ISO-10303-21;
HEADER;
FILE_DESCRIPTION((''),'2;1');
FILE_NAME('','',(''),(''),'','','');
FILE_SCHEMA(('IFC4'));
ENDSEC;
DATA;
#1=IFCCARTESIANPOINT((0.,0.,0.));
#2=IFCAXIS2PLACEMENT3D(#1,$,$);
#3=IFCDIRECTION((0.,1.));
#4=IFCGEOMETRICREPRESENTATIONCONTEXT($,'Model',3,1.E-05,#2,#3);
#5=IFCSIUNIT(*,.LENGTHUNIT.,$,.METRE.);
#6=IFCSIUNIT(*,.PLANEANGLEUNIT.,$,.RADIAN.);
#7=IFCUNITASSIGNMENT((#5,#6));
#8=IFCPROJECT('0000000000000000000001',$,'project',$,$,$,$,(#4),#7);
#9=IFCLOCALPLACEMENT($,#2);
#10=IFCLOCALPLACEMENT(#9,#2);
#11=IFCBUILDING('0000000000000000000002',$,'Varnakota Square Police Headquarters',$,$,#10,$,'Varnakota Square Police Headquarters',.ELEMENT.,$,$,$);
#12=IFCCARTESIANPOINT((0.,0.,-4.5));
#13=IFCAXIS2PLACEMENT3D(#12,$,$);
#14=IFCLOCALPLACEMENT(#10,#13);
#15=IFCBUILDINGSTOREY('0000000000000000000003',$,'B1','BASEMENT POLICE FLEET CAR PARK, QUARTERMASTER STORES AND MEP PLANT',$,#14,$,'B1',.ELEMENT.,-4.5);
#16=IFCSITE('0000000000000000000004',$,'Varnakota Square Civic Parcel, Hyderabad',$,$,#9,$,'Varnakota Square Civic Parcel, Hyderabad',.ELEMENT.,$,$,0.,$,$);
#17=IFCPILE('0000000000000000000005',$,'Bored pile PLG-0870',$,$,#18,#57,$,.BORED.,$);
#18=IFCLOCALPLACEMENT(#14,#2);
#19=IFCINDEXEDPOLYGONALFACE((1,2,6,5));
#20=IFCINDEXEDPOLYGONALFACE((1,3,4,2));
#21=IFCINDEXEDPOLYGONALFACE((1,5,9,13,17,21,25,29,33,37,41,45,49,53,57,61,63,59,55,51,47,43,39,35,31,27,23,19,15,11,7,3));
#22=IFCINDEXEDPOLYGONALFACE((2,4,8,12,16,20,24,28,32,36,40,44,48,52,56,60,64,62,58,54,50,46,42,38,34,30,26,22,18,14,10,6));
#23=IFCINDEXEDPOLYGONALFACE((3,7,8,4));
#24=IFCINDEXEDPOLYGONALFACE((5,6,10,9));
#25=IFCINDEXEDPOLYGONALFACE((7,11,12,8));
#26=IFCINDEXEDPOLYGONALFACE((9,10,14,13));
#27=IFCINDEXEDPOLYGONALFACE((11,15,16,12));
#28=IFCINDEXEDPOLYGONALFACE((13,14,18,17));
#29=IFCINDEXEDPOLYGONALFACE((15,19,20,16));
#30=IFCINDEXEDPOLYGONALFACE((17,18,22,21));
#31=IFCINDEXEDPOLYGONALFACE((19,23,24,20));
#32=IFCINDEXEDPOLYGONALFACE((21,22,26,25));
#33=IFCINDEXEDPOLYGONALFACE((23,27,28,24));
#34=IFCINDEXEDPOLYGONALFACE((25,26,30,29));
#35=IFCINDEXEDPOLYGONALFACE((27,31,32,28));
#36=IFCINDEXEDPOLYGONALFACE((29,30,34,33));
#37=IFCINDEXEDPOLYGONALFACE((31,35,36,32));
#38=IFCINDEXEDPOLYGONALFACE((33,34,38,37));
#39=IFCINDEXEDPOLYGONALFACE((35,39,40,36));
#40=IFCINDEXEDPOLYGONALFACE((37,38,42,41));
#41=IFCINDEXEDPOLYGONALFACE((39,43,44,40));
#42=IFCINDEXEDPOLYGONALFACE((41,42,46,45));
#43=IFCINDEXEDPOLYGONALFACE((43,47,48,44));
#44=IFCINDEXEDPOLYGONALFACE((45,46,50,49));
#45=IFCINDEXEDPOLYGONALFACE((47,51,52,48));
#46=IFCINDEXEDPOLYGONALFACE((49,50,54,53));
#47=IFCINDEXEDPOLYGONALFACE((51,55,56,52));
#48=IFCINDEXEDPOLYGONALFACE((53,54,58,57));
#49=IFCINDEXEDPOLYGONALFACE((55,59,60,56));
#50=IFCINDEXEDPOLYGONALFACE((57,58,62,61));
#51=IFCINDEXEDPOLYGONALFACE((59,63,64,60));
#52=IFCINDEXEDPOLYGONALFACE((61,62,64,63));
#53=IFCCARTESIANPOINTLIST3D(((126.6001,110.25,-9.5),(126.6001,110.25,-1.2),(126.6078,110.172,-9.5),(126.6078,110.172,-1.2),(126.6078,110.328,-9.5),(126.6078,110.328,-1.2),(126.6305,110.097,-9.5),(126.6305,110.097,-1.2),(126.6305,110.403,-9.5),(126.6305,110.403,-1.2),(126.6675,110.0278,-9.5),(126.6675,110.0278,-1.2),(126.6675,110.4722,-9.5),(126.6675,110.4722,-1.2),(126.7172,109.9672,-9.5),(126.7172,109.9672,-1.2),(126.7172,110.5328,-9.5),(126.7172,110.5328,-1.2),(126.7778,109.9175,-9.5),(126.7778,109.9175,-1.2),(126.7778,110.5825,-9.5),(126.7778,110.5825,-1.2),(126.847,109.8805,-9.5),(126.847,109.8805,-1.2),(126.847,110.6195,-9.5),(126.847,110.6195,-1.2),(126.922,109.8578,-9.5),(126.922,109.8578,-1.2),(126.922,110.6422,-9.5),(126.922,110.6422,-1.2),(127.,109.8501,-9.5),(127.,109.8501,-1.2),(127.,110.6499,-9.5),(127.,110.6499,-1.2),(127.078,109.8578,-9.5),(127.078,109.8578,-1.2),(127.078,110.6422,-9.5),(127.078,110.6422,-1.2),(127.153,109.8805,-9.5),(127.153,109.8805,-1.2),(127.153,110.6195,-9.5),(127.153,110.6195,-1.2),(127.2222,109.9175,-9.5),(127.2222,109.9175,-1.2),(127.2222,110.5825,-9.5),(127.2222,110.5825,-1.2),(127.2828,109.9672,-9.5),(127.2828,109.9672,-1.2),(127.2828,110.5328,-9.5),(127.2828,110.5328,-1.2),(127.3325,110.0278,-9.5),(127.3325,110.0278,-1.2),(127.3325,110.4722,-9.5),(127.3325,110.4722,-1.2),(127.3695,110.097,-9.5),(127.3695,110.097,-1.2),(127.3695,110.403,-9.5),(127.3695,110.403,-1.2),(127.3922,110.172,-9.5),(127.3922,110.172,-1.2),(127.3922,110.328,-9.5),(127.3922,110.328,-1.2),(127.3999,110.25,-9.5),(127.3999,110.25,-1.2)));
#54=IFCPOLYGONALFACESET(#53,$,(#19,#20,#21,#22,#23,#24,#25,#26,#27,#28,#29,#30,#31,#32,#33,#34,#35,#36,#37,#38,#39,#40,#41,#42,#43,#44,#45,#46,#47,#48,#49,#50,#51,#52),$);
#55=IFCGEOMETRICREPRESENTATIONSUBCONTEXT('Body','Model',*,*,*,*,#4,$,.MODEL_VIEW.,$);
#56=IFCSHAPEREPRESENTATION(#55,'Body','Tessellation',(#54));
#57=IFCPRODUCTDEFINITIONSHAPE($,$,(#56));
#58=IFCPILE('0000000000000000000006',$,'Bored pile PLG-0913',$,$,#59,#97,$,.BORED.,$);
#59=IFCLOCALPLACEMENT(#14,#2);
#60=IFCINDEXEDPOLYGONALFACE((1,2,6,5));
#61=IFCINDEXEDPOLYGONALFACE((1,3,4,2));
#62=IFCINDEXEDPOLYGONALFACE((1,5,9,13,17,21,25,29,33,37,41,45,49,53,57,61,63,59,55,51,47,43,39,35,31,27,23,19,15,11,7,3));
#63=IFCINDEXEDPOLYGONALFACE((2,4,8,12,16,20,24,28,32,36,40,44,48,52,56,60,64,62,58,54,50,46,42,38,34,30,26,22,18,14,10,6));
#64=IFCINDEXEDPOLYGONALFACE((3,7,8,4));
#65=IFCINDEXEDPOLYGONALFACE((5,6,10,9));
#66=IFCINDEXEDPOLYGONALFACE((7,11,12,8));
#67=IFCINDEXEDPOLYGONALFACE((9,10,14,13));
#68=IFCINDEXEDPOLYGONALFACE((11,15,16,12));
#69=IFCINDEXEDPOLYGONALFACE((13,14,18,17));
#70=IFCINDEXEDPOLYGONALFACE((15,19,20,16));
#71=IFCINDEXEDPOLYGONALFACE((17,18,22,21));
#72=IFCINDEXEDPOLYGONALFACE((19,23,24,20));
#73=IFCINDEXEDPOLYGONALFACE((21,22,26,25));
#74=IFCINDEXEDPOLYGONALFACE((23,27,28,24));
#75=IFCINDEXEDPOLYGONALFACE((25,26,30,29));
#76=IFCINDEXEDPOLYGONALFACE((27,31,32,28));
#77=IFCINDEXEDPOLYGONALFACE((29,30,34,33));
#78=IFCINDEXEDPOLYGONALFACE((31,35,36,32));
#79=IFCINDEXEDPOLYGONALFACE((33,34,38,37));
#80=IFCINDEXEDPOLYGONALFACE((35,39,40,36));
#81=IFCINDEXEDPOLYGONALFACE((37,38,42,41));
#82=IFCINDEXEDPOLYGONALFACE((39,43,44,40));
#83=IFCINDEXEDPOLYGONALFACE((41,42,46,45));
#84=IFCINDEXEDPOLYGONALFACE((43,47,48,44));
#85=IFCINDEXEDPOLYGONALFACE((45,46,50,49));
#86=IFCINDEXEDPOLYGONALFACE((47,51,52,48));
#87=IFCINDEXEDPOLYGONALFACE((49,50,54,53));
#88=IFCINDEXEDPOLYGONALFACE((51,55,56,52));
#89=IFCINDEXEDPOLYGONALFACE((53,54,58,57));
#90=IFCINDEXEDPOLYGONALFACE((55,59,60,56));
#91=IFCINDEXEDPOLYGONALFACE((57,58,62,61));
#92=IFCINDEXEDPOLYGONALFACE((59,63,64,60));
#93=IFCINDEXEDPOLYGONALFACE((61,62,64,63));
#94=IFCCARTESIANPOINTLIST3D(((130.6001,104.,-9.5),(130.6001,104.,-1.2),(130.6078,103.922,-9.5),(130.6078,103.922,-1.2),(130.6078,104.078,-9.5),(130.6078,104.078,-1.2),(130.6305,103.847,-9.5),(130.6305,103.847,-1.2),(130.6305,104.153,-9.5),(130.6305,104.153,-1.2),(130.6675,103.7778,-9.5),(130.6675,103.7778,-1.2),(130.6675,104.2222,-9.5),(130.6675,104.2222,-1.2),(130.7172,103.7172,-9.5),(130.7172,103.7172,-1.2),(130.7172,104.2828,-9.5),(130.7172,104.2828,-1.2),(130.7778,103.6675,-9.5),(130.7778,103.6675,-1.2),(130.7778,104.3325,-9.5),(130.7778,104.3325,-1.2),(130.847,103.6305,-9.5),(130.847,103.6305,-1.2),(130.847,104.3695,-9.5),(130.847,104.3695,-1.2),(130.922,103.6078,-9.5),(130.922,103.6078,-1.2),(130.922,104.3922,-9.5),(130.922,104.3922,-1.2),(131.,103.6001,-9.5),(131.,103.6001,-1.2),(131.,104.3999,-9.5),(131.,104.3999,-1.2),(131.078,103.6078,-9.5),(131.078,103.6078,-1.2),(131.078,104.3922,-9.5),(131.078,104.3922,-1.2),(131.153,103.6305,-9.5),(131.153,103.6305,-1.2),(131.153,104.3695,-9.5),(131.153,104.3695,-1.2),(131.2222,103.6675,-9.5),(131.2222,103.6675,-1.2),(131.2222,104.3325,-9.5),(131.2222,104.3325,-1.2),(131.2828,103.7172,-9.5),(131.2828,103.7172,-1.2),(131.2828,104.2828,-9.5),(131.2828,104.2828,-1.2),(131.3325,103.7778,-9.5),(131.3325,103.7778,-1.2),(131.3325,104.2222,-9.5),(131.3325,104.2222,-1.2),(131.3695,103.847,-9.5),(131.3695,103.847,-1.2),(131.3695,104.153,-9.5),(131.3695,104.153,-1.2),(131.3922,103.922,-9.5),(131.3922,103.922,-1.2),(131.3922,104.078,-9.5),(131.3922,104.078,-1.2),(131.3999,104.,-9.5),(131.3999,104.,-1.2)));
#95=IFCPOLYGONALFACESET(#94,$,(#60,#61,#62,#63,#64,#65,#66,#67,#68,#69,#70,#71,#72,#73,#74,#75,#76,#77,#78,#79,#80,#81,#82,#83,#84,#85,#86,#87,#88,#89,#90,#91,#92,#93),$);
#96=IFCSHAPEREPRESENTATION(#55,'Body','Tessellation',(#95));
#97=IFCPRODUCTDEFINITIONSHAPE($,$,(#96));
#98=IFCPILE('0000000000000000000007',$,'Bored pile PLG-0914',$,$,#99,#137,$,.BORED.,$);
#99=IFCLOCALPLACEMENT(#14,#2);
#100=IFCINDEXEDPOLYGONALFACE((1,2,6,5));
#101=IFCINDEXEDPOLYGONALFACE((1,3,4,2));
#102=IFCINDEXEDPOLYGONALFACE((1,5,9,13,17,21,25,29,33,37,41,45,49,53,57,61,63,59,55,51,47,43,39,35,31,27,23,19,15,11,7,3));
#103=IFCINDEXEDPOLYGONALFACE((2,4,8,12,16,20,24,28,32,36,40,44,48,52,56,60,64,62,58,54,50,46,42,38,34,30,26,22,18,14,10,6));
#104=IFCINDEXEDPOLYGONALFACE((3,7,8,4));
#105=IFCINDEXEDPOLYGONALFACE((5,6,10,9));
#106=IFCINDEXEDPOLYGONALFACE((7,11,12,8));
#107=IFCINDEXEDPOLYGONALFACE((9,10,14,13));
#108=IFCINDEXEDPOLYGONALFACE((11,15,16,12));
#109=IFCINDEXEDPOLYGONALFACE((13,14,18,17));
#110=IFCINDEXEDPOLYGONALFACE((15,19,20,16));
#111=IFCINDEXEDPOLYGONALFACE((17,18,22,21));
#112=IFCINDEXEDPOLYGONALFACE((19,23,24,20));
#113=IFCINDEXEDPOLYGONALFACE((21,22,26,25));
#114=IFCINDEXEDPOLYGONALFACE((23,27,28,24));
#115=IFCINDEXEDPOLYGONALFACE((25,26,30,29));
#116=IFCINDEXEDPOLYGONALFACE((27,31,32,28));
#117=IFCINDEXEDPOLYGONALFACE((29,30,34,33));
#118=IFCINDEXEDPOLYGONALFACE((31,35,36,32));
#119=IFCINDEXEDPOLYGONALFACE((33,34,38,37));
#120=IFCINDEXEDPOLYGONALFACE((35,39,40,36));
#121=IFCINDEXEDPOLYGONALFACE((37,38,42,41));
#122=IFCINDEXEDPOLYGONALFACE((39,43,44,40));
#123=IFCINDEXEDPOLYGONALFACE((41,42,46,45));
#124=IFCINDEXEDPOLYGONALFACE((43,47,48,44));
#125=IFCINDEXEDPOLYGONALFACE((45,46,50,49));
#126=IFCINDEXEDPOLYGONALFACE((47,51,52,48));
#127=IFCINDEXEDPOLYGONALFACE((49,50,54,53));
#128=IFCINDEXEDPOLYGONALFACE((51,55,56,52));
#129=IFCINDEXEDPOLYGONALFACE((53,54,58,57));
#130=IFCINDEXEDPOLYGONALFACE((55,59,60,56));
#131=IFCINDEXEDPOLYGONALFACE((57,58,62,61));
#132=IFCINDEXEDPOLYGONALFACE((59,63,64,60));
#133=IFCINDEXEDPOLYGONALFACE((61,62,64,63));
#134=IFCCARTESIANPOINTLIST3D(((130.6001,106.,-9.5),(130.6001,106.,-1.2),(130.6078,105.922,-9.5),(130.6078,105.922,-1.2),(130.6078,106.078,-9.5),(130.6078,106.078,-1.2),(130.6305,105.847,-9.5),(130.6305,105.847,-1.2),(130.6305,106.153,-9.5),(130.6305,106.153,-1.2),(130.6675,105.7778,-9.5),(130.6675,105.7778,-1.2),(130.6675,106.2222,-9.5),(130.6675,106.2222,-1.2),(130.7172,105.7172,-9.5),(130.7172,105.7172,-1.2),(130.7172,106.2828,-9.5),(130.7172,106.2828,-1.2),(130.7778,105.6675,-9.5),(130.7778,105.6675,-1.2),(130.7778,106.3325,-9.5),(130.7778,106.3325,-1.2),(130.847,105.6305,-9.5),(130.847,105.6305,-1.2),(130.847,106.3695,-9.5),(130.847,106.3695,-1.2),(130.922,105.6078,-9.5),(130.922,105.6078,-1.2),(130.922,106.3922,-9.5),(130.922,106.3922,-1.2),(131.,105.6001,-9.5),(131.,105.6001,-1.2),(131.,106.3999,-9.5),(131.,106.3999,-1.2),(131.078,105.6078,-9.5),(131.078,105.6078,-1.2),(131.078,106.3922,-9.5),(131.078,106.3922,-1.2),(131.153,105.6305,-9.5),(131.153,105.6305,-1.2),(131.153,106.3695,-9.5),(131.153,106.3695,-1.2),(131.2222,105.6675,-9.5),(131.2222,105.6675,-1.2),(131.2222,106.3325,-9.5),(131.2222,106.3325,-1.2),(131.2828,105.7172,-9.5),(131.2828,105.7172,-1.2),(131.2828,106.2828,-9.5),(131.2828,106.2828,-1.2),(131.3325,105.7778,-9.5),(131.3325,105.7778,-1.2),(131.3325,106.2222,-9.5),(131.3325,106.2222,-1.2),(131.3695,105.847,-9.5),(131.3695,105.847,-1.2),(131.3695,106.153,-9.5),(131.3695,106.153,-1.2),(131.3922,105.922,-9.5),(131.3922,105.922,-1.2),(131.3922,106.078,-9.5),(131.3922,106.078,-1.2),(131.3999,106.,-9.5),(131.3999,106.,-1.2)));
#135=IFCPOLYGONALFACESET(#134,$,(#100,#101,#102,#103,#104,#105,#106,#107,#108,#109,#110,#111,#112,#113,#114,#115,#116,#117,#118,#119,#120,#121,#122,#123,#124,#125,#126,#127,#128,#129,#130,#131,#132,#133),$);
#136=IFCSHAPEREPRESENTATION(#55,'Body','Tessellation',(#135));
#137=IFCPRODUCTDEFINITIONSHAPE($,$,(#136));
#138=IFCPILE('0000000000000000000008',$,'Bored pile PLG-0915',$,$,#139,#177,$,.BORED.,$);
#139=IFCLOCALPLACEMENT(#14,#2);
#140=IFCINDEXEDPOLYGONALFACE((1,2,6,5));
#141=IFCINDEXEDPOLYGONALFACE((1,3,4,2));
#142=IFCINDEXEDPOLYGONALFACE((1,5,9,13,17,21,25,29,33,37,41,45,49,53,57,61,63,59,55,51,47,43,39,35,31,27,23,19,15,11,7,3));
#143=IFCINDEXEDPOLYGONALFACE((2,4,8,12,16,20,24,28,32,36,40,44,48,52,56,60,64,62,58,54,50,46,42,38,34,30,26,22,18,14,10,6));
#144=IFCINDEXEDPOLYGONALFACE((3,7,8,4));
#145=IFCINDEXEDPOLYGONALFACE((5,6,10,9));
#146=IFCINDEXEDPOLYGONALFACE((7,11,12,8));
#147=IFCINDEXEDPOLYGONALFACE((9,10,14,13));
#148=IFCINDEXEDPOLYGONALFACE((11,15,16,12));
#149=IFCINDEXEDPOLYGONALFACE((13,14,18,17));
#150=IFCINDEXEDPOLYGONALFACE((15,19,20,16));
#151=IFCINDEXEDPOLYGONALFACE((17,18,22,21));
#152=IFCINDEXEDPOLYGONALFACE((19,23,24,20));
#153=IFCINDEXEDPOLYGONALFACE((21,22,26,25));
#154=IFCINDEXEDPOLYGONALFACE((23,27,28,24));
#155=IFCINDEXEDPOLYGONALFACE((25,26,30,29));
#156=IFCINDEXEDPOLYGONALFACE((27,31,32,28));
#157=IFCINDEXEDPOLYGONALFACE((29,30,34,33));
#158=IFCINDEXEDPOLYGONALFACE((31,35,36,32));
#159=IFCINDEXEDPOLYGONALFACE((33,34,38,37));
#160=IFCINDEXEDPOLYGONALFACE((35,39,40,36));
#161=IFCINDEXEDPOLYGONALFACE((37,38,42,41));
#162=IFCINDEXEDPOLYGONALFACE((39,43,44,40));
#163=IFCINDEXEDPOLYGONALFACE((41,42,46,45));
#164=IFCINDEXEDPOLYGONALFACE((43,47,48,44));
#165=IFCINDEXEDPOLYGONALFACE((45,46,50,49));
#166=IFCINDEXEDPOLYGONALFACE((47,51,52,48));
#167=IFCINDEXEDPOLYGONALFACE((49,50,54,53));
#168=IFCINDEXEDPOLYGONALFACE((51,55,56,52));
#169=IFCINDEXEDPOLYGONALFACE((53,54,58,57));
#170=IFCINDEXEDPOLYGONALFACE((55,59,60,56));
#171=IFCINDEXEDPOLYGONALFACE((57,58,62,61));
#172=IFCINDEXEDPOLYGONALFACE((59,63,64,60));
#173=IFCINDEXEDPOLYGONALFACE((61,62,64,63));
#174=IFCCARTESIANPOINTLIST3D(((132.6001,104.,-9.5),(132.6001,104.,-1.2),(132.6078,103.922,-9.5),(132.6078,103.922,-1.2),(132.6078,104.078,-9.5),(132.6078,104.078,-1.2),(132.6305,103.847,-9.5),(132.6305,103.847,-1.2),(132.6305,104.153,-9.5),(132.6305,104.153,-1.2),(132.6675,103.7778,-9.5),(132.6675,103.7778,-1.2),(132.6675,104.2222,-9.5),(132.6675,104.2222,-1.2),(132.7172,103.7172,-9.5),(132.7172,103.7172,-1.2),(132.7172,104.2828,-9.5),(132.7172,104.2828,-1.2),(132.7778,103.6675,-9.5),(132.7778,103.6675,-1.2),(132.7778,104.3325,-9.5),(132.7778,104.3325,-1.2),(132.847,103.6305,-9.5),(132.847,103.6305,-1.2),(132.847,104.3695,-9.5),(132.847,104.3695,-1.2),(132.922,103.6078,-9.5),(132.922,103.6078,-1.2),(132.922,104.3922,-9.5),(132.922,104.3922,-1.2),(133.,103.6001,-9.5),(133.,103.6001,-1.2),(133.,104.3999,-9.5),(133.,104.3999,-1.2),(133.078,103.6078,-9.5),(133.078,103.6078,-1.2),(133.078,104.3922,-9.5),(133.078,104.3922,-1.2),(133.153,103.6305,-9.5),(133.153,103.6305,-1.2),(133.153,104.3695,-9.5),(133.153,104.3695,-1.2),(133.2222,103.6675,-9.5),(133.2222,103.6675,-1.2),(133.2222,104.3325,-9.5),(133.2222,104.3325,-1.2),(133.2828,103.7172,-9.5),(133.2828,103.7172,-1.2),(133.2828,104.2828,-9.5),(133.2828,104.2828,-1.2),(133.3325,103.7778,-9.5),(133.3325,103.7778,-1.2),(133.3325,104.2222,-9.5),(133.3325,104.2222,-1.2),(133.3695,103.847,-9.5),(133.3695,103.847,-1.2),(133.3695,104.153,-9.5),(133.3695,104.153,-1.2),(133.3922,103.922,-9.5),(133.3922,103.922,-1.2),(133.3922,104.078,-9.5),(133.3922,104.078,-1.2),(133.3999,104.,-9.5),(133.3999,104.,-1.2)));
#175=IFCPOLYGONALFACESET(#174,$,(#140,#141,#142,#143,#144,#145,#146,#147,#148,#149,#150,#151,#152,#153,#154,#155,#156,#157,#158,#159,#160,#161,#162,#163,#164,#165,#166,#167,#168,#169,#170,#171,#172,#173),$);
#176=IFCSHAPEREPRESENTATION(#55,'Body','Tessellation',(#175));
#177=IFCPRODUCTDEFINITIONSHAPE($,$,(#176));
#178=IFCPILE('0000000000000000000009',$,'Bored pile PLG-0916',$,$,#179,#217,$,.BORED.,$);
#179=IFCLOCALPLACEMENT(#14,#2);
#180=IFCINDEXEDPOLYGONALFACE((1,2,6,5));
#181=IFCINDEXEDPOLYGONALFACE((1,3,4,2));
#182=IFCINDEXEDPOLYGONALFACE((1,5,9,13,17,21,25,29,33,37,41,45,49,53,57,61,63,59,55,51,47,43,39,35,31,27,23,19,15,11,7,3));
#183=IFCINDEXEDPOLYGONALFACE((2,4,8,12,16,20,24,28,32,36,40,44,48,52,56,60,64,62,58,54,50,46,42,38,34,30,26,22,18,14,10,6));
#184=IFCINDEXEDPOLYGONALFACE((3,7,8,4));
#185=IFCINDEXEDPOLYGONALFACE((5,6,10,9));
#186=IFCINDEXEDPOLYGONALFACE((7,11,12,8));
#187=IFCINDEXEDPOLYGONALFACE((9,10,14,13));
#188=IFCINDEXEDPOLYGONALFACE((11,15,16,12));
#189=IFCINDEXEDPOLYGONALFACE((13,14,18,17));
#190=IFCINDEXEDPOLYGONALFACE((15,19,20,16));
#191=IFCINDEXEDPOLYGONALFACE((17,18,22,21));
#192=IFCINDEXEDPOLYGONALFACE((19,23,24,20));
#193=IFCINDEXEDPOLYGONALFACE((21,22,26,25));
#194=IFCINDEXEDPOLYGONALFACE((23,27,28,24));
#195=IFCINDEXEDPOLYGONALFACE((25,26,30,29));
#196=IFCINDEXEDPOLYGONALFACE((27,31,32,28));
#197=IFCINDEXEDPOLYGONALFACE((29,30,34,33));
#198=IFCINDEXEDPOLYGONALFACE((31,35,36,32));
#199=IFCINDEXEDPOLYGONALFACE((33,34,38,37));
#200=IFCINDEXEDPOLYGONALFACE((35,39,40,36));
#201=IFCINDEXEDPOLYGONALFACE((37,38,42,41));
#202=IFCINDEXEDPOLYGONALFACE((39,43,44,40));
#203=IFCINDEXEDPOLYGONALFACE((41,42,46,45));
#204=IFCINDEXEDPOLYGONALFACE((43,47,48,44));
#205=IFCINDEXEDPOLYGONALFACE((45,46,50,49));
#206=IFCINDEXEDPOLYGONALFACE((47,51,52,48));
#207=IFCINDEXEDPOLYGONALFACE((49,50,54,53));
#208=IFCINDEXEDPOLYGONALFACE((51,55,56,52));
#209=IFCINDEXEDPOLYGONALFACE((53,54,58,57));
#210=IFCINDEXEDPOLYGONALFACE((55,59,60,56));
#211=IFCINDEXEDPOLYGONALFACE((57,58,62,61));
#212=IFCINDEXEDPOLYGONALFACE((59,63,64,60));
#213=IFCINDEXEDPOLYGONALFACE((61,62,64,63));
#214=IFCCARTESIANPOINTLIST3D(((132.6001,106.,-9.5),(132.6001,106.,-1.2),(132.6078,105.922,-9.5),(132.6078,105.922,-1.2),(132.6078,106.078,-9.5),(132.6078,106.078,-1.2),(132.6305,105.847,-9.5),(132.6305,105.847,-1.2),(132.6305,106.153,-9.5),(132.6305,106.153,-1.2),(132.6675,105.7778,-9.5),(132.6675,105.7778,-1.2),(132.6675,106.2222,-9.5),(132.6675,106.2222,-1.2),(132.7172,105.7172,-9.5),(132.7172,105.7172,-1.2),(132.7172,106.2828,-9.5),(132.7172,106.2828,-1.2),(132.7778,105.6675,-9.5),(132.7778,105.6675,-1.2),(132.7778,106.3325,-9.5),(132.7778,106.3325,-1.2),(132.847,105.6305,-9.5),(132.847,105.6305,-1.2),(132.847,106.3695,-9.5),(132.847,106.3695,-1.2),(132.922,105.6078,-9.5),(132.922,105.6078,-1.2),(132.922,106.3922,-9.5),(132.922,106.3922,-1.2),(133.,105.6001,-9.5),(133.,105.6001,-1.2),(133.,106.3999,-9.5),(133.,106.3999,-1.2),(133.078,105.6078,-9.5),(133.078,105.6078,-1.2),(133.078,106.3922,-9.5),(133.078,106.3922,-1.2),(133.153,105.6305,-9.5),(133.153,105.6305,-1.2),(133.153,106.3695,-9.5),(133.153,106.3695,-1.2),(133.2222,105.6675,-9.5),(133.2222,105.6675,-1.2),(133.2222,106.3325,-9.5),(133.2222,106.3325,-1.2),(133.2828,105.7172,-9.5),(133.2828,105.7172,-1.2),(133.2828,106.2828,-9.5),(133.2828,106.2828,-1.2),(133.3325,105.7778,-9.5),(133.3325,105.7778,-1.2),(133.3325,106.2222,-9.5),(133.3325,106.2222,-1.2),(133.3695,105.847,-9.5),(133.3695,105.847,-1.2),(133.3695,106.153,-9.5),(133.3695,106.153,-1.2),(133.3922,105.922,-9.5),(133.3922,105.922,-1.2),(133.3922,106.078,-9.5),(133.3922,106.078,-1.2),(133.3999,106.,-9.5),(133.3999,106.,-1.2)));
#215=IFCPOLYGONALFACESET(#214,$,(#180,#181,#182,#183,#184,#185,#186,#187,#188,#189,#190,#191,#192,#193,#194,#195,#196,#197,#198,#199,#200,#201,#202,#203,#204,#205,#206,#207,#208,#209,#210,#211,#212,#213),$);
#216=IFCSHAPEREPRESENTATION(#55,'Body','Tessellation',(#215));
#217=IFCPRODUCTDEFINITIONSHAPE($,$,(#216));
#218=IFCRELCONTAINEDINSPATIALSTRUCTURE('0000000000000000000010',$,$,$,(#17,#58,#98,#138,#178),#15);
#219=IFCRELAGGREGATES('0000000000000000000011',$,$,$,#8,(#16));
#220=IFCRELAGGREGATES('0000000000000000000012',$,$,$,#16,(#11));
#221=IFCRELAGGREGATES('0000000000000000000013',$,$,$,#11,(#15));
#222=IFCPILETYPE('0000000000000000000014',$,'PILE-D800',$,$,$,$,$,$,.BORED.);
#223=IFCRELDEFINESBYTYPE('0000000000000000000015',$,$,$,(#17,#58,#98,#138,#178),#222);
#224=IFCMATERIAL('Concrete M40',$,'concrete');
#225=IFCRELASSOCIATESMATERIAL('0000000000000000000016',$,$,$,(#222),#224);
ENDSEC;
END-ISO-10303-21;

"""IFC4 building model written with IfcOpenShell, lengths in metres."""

from ifc_helpers import new_model, si_unit, direction, frame, origin, origin_2d, place, context, subcontext, project, spatial, circle, extrude, material, material_profile, profile_set, type_object, element, save


model = new_model("IFC4")

# Units and contexts
model_context = context("Model", 3, precision=1e-05, world=origin(), true_north=direction((0.0, 1.0)))
body_context = subcontext(model_context, "Body", "Model", "MODEL_VIEW")
ifc_project = project(units=[si_unit("LENGTHUNIT", "METRE"), si_unit("PLANEANGLEUNIT", "RADIAN")], contexts=[model_context])

# Site, building, storey
site_placement = place(None, origin())
site = spatial("IfcSite", under=ifc_project, at=site_placement, Name="Varnakota Square Civic Parcel, Hyderabad", LongName="Varnakota Square Civic Parcel, Hyderabad", CompositionType="ELEMENT", RefElevation=0.0)
building_placement = place(site_placement, origin())
building = spatial("IfcBuilding", under=site, at=building_placement, Name="Varnakota Square Police Headquarters", LongName="Varnakota Square Police Headquarters", CompositionType="ELEMENT")
storey_placement = place(building_placement, frame((0.0, 0.0, -4.5)))
storey = spatial("IfcBuildingStorey", under=building, at=storey_placement, Name="B1", Description="BASEMENT POLICE FLEET CAR PARK, QUARTERMASTER STORES AND MEP PLANT", LongName="B1", CompositionType="ELEMENT", Elevation=-4.5)

# Shared definitions
ifc_material_1 = material(Name="Concrete M40", Category="concrete")

# Piles
ifc_material_profile_1 = material_profile(ifc_material_1, circle(Radius=0.3999, at=origin_2d()), Name="BORED PILE 800")
ifc_profile_set_1 = profile_set([ifc_material_profile_1], Name="Concrete M40")
pile_type = type_object("IfcPileType", Name="PILE-D800", PredefinedType="BORED", material=ifc_profile_set_1)
for number, where, z_axis, x_axis, name in (
    (1, (127.0, 110.25, -1.2), (0.0, 0.0, -1.0), (1.0, 0.0, 0.0), "Bored pile PLG-0870"),
    (2, (131.0, 104.0, -1.2), (0.0, 0.0, -1.0), (1.0, 0.0, 0.0), "Bored pile PLG-0913"),
    (3, (131.0, 106.0, -1.2), (0.0, 0.0, -1.0), (1.0, 0.0, 0.0), "Bored pile PLG-0914"),
    (4, (133.0, 104.0, -1.2), (0.0, 0.0, -1.0), (1.0, 0.0, 0.0), "Bored pile PLG-0915"),
    (5, (133.0, 106.0, -1.2), (0.0, 0.0, -1.0), (1.0, 0.0, 0.0), "Bored pile PLG-0916"),
):
    element("IfcPile", number, at=place(storey_placement, frame(where, z_axis=z_axis, x_axis=x_axis)), inside=storey, type_object=pile_type, Name=name, PredefinedType="BORED", context=body_context, shape_type="SweptSolid", body=[
        extrude(circle(Radius=0.3999, at=origin_2d()), origin(), (0.0, 0.0, 1.0), 8.3),
    ])

save(model, "model.ifc")
